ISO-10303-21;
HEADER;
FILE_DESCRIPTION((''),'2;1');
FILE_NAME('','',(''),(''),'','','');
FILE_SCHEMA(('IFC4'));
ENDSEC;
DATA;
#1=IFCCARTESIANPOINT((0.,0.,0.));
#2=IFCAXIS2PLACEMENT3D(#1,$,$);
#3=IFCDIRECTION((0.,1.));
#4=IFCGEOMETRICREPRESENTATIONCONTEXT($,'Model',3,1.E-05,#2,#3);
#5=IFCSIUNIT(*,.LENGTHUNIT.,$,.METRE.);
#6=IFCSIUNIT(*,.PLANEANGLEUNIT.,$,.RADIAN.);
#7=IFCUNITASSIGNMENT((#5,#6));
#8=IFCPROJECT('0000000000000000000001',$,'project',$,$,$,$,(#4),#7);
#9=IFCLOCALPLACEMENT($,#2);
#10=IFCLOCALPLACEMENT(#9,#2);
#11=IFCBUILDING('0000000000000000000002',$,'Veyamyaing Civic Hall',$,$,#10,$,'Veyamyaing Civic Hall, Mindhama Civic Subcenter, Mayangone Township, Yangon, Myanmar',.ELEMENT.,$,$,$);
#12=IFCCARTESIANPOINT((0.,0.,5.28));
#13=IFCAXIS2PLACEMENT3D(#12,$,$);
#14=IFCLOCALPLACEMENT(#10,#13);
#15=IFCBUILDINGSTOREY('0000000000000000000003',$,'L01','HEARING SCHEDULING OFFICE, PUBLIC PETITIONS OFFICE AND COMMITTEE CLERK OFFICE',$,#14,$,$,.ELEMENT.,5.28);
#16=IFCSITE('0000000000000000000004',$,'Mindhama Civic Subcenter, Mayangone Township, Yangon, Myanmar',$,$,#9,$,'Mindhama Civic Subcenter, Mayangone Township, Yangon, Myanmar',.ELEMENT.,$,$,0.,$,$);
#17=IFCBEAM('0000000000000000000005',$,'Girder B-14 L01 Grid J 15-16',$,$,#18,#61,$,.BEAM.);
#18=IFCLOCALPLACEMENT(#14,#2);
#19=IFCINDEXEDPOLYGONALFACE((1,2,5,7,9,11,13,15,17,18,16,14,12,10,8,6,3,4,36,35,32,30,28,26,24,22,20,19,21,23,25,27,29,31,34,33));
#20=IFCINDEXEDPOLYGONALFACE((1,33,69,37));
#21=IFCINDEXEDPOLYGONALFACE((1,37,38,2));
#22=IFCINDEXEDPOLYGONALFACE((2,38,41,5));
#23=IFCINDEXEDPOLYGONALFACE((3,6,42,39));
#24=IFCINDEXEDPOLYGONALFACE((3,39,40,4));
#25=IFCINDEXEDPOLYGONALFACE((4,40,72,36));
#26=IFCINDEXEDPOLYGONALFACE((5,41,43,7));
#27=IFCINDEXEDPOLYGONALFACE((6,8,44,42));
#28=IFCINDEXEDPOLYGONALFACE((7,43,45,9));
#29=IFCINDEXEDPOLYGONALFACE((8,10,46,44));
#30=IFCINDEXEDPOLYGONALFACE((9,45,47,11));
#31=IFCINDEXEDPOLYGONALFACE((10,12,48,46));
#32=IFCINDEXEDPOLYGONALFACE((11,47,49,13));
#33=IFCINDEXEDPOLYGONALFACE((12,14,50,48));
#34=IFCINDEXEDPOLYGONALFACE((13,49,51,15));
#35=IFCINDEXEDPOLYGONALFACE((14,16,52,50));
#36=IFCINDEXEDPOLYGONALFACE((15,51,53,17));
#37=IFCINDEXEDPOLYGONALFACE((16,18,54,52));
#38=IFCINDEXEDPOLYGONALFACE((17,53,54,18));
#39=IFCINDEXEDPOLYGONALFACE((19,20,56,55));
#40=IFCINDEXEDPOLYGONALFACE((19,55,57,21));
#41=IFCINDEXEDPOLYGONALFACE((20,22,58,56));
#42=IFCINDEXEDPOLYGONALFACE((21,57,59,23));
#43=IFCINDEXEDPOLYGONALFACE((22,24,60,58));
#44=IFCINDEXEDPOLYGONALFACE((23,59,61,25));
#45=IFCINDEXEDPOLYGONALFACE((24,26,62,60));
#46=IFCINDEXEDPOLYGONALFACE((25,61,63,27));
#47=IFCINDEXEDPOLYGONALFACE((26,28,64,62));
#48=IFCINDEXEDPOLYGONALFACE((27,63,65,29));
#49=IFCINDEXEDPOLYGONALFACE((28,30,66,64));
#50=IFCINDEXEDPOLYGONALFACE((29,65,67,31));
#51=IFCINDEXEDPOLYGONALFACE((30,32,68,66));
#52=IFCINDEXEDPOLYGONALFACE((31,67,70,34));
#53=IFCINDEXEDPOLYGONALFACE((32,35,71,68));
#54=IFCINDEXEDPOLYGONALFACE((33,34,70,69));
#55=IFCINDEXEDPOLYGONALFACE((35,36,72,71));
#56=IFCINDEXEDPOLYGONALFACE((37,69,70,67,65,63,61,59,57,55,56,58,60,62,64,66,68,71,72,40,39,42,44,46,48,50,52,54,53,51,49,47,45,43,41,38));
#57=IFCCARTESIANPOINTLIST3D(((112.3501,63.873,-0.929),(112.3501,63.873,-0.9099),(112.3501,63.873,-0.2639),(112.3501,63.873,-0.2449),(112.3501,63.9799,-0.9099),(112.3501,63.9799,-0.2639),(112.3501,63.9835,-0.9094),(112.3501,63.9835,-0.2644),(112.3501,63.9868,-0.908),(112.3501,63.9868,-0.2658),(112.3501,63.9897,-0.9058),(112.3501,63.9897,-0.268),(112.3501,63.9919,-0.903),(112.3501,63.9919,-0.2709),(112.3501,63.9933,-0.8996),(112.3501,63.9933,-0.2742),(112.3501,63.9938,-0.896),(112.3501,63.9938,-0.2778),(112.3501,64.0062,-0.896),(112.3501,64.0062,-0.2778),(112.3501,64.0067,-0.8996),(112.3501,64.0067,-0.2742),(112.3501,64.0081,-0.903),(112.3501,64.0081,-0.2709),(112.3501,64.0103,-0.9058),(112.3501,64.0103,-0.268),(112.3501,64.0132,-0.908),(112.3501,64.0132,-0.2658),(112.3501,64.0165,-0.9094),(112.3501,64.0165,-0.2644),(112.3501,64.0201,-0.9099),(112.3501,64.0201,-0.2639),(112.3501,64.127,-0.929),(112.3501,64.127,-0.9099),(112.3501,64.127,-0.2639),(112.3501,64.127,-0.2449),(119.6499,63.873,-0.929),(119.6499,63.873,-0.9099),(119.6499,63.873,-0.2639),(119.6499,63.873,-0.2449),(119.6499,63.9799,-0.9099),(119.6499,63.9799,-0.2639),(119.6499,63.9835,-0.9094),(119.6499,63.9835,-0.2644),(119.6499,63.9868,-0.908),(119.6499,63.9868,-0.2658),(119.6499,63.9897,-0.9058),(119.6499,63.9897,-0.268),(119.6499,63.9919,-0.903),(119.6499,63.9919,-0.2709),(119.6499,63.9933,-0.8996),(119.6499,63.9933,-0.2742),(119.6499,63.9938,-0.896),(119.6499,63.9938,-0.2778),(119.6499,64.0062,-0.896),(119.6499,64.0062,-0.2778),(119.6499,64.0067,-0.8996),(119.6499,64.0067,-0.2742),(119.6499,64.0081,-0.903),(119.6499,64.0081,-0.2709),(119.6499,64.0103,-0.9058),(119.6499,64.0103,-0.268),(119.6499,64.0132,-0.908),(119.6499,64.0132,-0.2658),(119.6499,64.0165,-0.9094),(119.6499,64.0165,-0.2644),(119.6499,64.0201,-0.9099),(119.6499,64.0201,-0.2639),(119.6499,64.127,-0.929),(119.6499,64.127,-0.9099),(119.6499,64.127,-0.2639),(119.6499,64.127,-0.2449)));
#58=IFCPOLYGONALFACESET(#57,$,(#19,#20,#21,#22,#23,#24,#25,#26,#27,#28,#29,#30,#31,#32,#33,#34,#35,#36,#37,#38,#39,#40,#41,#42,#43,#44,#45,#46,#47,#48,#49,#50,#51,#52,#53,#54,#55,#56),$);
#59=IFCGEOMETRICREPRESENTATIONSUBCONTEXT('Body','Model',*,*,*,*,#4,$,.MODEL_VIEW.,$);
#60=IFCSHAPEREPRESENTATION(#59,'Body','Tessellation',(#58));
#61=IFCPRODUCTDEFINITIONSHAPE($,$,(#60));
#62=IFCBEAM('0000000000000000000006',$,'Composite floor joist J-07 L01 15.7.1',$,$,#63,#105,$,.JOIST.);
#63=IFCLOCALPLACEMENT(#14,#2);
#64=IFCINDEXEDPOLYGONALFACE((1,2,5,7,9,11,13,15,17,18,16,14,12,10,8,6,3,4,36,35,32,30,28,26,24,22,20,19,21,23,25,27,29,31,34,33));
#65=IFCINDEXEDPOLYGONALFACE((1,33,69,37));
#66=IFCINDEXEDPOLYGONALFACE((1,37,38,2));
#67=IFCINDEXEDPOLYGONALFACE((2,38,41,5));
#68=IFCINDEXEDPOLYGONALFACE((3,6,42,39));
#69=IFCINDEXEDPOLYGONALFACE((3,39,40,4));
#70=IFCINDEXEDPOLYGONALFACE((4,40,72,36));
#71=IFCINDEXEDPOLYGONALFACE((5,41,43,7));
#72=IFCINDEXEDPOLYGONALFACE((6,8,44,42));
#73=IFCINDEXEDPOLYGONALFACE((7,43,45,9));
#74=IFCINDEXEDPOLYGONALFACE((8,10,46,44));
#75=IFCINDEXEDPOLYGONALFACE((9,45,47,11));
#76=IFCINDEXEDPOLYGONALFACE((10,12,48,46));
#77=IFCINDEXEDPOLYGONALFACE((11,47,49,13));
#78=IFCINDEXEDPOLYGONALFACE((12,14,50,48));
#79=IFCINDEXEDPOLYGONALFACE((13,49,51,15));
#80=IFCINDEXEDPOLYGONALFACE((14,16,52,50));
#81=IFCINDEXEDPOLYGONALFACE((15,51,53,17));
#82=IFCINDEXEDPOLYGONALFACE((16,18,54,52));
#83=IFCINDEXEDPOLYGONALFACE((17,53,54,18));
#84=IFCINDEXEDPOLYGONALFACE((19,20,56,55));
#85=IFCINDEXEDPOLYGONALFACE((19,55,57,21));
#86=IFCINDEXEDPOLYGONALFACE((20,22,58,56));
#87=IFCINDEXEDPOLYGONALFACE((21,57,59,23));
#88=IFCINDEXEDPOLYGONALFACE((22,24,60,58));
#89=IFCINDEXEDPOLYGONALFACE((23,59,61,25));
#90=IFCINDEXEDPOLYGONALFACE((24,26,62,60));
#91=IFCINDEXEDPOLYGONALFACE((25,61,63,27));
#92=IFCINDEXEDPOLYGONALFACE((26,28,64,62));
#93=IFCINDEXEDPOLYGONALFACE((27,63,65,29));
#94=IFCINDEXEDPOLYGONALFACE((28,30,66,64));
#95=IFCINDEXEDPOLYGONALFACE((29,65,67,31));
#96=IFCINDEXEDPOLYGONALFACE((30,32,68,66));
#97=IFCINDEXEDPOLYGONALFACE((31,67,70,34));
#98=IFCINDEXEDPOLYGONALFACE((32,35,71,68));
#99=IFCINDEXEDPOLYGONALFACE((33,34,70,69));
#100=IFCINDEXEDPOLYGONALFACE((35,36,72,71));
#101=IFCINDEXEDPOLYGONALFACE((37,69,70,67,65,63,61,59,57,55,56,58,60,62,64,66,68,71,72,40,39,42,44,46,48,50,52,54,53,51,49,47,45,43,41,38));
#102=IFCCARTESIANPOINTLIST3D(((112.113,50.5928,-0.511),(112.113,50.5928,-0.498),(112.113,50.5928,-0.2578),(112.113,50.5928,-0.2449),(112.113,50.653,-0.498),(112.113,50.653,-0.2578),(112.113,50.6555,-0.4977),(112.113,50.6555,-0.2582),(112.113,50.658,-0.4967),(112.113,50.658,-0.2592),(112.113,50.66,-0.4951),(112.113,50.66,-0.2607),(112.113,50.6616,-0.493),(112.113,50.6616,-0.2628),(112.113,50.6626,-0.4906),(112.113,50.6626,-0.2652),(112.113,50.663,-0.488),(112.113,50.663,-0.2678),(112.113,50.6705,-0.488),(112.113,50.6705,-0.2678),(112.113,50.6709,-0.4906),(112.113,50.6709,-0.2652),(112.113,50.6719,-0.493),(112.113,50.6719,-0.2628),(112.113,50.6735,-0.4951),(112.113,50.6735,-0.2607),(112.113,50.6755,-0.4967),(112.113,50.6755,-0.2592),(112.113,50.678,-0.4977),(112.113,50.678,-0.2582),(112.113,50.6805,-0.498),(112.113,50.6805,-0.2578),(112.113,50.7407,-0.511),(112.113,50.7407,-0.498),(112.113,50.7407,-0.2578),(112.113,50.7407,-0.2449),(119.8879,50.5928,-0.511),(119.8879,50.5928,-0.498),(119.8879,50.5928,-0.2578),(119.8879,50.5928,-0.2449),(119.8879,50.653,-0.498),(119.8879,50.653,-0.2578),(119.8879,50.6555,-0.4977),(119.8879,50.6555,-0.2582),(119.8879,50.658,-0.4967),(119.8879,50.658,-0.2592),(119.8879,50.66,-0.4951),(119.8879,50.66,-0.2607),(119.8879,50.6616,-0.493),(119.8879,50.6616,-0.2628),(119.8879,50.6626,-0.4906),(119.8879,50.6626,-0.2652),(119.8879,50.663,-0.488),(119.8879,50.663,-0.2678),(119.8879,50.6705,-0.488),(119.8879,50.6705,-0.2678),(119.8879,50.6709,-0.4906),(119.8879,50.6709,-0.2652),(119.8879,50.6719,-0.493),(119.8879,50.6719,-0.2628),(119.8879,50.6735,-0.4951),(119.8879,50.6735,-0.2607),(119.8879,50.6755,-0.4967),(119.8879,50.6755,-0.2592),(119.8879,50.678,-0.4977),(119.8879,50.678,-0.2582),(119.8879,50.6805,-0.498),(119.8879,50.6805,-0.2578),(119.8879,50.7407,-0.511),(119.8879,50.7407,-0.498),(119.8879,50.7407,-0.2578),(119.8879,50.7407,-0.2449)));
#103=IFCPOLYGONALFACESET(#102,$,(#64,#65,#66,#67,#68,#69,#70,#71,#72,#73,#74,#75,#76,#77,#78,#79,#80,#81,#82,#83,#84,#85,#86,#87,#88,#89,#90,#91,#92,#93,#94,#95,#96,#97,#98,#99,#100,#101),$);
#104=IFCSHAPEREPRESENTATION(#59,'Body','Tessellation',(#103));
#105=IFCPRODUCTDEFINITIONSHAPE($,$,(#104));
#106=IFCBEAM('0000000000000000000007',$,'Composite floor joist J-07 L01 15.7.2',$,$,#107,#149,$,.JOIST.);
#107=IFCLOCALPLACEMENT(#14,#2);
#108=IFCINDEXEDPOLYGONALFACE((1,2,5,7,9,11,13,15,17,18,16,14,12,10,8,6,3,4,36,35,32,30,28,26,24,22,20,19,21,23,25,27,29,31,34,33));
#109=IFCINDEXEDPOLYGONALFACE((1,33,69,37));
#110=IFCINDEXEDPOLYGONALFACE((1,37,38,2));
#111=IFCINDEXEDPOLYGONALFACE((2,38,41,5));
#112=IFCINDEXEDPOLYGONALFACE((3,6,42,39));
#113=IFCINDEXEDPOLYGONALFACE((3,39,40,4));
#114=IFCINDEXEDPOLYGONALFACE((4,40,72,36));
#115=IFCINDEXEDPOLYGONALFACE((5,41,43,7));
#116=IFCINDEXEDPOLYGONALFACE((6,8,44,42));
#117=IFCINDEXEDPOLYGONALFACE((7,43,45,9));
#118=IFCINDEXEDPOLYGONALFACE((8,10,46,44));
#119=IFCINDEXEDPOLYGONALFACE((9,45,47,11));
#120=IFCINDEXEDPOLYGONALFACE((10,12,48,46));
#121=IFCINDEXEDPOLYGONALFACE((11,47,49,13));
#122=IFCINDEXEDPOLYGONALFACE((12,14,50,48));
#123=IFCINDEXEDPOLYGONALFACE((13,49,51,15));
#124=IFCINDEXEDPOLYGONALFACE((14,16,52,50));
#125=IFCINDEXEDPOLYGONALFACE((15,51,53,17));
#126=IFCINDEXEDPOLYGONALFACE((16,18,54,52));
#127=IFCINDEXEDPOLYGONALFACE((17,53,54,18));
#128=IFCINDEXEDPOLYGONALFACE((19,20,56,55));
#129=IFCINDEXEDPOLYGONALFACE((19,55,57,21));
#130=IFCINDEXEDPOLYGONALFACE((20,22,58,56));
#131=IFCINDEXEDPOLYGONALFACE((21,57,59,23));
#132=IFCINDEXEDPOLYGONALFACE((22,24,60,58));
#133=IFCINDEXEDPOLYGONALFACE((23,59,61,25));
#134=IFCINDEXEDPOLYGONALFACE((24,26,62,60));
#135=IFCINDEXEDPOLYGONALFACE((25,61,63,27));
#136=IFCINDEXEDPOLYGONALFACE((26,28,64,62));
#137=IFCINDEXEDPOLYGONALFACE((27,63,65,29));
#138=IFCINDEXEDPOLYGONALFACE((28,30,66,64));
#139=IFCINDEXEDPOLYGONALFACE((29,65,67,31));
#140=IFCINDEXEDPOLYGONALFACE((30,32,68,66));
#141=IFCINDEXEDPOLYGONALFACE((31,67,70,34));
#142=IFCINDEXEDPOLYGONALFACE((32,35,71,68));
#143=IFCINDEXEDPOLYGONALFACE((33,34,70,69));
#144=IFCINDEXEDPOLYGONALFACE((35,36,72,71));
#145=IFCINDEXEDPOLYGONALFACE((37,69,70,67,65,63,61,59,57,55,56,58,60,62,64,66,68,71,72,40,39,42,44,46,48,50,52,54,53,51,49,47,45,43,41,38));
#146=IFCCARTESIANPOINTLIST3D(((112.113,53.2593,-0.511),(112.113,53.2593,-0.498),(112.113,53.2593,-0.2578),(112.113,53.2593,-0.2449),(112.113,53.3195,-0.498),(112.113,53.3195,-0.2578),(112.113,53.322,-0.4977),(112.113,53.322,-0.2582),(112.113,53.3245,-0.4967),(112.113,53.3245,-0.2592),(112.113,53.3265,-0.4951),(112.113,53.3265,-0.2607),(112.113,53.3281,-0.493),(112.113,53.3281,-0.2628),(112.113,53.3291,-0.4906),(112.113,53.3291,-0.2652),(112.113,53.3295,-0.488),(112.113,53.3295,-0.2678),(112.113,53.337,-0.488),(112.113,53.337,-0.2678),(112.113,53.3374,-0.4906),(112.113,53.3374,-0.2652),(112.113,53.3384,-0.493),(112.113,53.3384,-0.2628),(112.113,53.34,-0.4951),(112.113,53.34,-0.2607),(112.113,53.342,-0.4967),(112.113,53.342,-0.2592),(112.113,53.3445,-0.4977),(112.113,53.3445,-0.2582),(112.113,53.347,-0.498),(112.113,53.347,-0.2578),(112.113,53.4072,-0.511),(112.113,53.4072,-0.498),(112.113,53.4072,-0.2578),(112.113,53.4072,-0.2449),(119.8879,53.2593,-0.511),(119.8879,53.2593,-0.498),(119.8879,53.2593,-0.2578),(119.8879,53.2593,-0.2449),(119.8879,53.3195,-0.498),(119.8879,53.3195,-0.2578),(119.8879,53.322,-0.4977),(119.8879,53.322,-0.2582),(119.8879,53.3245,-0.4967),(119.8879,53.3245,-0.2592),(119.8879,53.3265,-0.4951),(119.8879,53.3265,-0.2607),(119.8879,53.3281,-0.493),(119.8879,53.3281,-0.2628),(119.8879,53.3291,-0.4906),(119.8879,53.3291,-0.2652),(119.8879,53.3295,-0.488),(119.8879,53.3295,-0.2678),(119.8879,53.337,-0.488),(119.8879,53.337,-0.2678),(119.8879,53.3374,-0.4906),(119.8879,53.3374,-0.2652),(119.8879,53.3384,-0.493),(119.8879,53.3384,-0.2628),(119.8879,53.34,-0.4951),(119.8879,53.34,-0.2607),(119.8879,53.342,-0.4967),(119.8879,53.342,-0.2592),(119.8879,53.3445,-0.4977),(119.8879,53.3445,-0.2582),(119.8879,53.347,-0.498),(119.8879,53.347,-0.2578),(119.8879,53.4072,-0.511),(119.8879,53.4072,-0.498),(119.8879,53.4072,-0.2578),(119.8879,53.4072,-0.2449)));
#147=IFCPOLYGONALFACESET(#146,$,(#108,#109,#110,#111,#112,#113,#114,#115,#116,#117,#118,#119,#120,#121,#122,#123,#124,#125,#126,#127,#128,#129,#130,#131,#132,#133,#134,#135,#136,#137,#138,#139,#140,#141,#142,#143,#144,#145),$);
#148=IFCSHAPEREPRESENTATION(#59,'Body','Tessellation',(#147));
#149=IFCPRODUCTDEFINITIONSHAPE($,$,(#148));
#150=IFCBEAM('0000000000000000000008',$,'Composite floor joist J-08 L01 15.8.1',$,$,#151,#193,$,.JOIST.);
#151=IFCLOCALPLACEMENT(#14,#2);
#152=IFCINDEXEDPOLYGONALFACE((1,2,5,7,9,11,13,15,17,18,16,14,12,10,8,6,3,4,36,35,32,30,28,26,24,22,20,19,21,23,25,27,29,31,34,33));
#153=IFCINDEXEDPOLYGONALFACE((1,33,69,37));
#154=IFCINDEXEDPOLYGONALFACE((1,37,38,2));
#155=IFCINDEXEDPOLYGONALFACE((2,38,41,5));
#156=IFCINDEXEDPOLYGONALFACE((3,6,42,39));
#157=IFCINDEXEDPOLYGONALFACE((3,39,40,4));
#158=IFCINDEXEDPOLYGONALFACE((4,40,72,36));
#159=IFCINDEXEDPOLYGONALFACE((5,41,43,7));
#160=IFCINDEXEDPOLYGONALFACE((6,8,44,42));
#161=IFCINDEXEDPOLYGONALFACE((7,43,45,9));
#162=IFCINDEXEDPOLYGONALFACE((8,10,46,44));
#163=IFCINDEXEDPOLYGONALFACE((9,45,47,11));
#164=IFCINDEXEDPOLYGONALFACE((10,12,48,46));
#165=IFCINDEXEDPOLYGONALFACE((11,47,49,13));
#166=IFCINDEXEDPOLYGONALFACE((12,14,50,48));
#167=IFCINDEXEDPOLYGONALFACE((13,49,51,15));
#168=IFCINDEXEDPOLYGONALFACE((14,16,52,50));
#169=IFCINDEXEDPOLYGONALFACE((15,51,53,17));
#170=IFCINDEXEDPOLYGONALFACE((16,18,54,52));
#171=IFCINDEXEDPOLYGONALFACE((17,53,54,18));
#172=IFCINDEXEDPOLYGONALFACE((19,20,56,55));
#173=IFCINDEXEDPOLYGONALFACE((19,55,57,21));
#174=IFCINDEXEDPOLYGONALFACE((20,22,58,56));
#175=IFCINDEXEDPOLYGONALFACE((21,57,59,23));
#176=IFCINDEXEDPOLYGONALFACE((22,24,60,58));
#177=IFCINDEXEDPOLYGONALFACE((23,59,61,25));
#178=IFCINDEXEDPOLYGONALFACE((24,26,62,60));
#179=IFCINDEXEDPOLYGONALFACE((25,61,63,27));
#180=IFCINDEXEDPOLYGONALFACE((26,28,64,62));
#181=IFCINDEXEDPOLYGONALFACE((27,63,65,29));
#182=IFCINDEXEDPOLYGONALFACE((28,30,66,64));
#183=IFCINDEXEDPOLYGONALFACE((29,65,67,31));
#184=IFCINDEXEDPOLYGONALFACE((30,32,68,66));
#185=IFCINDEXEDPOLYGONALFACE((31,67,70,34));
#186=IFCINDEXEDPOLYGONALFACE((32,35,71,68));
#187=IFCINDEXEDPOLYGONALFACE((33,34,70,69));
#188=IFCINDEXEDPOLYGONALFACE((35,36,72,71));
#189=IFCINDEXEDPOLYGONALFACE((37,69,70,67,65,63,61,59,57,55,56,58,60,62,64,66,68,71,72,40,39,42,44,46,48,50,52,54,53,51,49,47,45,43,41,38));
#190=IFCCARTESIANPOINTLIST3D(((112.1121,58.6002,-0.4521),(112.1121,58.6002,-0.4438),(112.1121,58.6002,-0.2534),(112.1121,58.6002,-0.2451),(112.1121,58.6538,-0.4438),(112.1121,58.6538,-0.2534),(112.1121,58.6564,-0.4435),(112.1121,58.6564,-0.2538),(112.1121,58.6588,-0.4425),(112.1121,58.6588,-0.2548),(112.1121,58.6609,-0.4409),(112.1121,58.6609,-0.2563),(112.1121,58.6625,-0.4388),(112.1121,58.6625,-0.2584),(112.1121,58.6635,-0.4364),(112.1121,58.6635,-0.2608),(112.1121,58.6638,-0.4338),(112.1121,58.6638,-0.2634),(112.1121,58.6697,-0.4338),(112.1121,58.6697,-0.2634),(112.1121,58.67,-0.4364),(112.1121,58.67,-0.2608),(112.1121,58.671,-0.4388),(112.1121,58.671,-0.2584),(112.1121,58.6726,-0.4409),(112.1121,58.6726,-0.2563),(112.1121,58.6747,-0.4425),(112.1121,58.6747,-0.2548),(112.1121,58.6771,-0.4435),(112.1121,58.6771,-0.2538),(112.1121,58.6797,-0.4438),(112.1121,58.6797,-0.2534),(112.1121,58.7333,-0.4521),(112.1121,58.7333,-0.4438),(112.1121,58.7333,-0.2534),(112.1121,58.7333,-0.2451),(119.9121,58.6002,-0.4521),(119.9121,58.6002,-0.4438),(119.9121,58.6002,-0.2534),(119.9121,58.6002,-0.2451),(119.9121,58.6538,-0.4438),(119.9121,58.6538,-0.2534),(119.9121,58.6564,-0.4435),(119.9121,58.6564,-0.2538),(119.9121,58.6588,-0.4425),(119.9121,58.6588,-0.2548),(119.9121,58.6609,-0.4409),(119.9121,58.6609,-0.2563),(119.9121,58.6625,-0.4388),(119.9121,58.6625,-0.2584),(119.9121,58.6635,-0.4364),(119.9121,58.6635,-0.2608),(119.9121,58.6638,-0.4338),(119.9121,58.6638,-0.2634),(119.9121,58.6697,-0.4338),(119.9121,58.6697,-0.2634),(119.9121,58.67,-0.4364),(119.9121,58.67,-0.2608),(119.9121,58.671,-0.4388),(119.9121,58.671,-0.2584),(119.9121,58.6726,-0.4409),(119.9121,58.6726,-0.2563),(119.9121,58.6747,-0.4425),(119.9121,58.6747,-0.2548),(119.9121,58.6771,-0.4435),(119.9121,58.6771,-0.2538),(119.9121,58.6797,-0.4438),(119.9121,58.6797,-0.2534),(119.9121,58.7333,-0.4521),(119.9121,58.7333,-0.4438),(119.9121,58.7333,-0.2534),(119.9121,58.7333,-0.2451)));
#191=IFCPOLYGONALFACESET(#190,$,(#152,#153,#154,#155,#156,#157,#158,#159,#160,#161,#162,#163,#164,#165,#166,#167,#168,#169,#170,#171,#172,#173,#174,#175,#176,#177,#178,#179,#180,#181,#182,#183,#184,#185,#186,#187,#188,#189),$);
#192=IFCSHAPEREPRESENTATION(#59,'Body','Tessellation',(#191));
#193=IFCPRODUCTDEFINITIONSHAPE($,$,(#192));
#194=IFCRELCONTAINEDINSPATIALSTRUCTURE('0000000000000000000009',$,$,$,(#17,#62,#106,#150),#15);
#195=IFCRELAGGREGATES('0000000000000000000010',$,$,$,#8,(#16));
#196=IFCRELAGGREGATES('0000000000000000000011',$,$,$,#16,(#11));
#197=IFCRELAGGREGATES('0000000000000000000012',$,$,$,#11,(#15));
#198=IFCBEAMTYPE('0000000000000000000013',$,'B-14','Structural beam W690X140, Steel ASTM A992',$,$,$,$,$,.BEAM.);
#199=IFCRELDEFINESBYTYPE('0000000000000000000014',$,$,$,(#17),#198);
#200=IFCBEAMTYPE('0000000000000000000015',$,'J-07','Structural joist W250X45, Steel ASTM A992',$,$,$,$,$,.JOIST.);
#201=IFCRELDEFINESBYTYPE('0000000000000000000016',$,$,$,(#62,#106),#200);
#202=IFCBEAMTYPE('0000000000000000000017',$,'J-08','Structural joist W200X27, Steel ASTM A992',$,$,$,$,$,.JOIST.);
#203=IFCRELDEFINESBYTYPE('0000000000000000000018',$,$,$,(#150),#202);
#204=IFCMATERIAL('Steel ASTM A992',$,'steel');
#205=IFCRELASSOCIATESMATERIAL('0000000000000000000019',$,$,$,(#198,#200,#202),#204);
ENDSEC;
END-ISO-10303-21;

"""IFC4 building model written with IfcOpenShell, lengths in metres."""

from ifc_helpers import new_model, si_unit, direction, frame, origin, origin_2d, place, context, subcontext, project, spatial, i_section, extrude, material, material_profile, profile_set, type_object, element, save


model = new_model("IFC4")

# Units and contexts
model_context = context("Model", 3, precision=1e-05, world=origin(), true_north=direction((0.0, 1.0)))
body_context = subcontext(model_context, "Body", "Model", "MODEL_VIEW")
ifc_project = project(units=[si_unit("LENGTHUNIT", "METRE"), si_unit("PLANEANGLEUNIT", "RADIAN")], contexts=[model_context])

# Site, building, storey
site_placement = place(None, origin())
site = spatial("IfcSite", under=ifc_project, at=site_placement, Name="Mindhama Civic Subcenter, Mayangone Township, Yangon, Myanmar", LongName="Mindhama Civic Subcenter, Mayangone Township, Yangon, Myanmar", CompositionType="ELEMENT", RefElevation=0.0)
building_placement = place(site_placement, origin())
building = spatial("IfcBuilding", under=site, at=building_placement, Name="Veyamyaing Civic Hall", LongName="Veyamyaing Civic Hall, Mindhama Civic Subcenter, Mayangone Township, Yangon, Myanmar", CompositionType="ELEMENT")
storey_placement = place(building_placement, frame((0.0, 0.0, 5.28)))
storey = spatial("IfcBuildingStorey", under=building, at=storey_placement, Name="L01", Description="HEARING SCHEDULING OFFICE, PUBLIC PETITIONS OFFICE AND COMMITTEE CLERK OFFICE", CompositionType="ELEMENT", Elevation=5.28)

# Beams
ifc_material_1 = material(Name="Steel ASTM A992", Category="steel")
ifc_material_profile_1 = material_profile(ifc_material_1, i_section(OverallWidth=0.2539, OverallDepth=0.6841, WebThickness=0.0125, FlangeThickness=0.019, FilletRadius=0.0139, at=origin_2d()), Name="W690X140")
ifc_profile_set_1 = profile_set([ifc_material_profile_1], Name="Steel ASTM A992")
beam_type_1 = type_object("IfcBeamType", Name="B-14", Description="Structural beam W690X140, Steel ASTM A992", PredefinedType="BEAM", material=ifc_profile_set_1)
beam_1_placement = place(storey_placement, frame((112.3501, 64.0, -0.5869), z_axis=(1.0, 0.0, 0.0), x_axis=(0.0, 1.0, 0.0)))
element("IfcBeam", 1, at=beam_1_placement, inside=storey, type_object=beam_type_1, Name="Girder B-14 L01 Grid J 15-16", PredefinedType="BEAM", context=body_context, shape_type="SweptSolid", body=[
    extrude(i_section(OverallWidth=0.2539, OverallDepth=0.6841, WebThickness=0.0125, FlangeThickness=0.019, FilletRadius=0.0139, at=origin_2d()), origin(), (0.0, 0.0, 1.0), 7.2998),
])
ifc_material_profile_2 = material_profile(ifc_material_1, i_section(OverallWidth=0.1479, OverallDepth=0.2661, WebThickness=0.0076, FlangeThickness=0.0129, FilletRadius=0.01, at=origin_2d()), Name="W250X45")
ifc_profile_set_2 = profile_set([ifc_material_profile_2], Name="Steel ASTM A992")
beam_type_2 = type_object("IfcBeamType", Name="J-07", Description="Structural joist W250X45, Steel ASTM A992", PredefinedType="JOIST", material=ifc_profile_set_2)
for number, where, z_axis, x_axis, name in (
    (2, (112.113, 50.6667, -0.3779), (1.0, 0.0, 0.0), (0.0, 1.0, 0.0), "Composite floor joist J-07 L01 15.7.1"),
    (3, (112.113, 53.3333, -0.3779), (1.0, 0.0, 0.0), (0.0, 1.0, 0.0), "Composite floor joist J-07 L01 15.7.2"),
):
    element("IfcBeam", number, at=place(storey_placement, frame(where, z_axis=z_axis, x_axis=x_axis)), inside=storey, type_object=beam_type_2, Name=name, PredefinedType="JOIST", context=body_context, shape_type="SweptSolid", body=[
        extrude(i_section(OverallWidth=0.1479, OverallDepth=0.2661, WebThickness=0.0076, FlangeThickness=0.0129, FilletRadius=0.01, at=origin_2d()), origin(), (0.0, 0.0, 1.0), 7.7749),
    ])
ifc_material_profile_3 = material_profile(ifc_material_1, i_section(OverallWidth=0.1331, OverallDepth=0.207, WebThickness=0.0059, FlangeThickness=0.0083, FilletRadius=0.01, at=origin_2d()), Name="W200X27")
ifc_profile_set_3 = profile_set([ifc_material_profile_3], Name="Steel ASTM A992")
beam_type_3 = type_object("IfcBeamType", Name="J-08", Description="Structural joist W200X27, Steel ASTM A992", PredefinedType="JOIST", material=ifc_profile_set_3)
for number, where, z_axis, x_axis, name in (
    (4, (112.1121, 58.6667, -0.3486), (1.0, 0.0, 0.0), (0.0, 1.0, 0.0), "Composite floor joist J-08 L01 15.8.1"),
):
    element("IfcBeam", number, at=place(storey_placement, frame(where, z_axis=z_axis, x_axis=x_axis)), inside=storey, type_object=beam_type_3, Name=name, PredefinedType="JOIST", context=body_context, shape_type="SweptSolid", body=[
        extrude(i_section(OverallWidth=0.1331, OverallDepth=0.207, WebThickness=0.0059, FlangeThickness=0.0083, FilletRadius=0.01, at=origin_2d()), origin(), (0.0, 0.0, 1.0), 7.8),
    ])

save(model, "model.ifc")
